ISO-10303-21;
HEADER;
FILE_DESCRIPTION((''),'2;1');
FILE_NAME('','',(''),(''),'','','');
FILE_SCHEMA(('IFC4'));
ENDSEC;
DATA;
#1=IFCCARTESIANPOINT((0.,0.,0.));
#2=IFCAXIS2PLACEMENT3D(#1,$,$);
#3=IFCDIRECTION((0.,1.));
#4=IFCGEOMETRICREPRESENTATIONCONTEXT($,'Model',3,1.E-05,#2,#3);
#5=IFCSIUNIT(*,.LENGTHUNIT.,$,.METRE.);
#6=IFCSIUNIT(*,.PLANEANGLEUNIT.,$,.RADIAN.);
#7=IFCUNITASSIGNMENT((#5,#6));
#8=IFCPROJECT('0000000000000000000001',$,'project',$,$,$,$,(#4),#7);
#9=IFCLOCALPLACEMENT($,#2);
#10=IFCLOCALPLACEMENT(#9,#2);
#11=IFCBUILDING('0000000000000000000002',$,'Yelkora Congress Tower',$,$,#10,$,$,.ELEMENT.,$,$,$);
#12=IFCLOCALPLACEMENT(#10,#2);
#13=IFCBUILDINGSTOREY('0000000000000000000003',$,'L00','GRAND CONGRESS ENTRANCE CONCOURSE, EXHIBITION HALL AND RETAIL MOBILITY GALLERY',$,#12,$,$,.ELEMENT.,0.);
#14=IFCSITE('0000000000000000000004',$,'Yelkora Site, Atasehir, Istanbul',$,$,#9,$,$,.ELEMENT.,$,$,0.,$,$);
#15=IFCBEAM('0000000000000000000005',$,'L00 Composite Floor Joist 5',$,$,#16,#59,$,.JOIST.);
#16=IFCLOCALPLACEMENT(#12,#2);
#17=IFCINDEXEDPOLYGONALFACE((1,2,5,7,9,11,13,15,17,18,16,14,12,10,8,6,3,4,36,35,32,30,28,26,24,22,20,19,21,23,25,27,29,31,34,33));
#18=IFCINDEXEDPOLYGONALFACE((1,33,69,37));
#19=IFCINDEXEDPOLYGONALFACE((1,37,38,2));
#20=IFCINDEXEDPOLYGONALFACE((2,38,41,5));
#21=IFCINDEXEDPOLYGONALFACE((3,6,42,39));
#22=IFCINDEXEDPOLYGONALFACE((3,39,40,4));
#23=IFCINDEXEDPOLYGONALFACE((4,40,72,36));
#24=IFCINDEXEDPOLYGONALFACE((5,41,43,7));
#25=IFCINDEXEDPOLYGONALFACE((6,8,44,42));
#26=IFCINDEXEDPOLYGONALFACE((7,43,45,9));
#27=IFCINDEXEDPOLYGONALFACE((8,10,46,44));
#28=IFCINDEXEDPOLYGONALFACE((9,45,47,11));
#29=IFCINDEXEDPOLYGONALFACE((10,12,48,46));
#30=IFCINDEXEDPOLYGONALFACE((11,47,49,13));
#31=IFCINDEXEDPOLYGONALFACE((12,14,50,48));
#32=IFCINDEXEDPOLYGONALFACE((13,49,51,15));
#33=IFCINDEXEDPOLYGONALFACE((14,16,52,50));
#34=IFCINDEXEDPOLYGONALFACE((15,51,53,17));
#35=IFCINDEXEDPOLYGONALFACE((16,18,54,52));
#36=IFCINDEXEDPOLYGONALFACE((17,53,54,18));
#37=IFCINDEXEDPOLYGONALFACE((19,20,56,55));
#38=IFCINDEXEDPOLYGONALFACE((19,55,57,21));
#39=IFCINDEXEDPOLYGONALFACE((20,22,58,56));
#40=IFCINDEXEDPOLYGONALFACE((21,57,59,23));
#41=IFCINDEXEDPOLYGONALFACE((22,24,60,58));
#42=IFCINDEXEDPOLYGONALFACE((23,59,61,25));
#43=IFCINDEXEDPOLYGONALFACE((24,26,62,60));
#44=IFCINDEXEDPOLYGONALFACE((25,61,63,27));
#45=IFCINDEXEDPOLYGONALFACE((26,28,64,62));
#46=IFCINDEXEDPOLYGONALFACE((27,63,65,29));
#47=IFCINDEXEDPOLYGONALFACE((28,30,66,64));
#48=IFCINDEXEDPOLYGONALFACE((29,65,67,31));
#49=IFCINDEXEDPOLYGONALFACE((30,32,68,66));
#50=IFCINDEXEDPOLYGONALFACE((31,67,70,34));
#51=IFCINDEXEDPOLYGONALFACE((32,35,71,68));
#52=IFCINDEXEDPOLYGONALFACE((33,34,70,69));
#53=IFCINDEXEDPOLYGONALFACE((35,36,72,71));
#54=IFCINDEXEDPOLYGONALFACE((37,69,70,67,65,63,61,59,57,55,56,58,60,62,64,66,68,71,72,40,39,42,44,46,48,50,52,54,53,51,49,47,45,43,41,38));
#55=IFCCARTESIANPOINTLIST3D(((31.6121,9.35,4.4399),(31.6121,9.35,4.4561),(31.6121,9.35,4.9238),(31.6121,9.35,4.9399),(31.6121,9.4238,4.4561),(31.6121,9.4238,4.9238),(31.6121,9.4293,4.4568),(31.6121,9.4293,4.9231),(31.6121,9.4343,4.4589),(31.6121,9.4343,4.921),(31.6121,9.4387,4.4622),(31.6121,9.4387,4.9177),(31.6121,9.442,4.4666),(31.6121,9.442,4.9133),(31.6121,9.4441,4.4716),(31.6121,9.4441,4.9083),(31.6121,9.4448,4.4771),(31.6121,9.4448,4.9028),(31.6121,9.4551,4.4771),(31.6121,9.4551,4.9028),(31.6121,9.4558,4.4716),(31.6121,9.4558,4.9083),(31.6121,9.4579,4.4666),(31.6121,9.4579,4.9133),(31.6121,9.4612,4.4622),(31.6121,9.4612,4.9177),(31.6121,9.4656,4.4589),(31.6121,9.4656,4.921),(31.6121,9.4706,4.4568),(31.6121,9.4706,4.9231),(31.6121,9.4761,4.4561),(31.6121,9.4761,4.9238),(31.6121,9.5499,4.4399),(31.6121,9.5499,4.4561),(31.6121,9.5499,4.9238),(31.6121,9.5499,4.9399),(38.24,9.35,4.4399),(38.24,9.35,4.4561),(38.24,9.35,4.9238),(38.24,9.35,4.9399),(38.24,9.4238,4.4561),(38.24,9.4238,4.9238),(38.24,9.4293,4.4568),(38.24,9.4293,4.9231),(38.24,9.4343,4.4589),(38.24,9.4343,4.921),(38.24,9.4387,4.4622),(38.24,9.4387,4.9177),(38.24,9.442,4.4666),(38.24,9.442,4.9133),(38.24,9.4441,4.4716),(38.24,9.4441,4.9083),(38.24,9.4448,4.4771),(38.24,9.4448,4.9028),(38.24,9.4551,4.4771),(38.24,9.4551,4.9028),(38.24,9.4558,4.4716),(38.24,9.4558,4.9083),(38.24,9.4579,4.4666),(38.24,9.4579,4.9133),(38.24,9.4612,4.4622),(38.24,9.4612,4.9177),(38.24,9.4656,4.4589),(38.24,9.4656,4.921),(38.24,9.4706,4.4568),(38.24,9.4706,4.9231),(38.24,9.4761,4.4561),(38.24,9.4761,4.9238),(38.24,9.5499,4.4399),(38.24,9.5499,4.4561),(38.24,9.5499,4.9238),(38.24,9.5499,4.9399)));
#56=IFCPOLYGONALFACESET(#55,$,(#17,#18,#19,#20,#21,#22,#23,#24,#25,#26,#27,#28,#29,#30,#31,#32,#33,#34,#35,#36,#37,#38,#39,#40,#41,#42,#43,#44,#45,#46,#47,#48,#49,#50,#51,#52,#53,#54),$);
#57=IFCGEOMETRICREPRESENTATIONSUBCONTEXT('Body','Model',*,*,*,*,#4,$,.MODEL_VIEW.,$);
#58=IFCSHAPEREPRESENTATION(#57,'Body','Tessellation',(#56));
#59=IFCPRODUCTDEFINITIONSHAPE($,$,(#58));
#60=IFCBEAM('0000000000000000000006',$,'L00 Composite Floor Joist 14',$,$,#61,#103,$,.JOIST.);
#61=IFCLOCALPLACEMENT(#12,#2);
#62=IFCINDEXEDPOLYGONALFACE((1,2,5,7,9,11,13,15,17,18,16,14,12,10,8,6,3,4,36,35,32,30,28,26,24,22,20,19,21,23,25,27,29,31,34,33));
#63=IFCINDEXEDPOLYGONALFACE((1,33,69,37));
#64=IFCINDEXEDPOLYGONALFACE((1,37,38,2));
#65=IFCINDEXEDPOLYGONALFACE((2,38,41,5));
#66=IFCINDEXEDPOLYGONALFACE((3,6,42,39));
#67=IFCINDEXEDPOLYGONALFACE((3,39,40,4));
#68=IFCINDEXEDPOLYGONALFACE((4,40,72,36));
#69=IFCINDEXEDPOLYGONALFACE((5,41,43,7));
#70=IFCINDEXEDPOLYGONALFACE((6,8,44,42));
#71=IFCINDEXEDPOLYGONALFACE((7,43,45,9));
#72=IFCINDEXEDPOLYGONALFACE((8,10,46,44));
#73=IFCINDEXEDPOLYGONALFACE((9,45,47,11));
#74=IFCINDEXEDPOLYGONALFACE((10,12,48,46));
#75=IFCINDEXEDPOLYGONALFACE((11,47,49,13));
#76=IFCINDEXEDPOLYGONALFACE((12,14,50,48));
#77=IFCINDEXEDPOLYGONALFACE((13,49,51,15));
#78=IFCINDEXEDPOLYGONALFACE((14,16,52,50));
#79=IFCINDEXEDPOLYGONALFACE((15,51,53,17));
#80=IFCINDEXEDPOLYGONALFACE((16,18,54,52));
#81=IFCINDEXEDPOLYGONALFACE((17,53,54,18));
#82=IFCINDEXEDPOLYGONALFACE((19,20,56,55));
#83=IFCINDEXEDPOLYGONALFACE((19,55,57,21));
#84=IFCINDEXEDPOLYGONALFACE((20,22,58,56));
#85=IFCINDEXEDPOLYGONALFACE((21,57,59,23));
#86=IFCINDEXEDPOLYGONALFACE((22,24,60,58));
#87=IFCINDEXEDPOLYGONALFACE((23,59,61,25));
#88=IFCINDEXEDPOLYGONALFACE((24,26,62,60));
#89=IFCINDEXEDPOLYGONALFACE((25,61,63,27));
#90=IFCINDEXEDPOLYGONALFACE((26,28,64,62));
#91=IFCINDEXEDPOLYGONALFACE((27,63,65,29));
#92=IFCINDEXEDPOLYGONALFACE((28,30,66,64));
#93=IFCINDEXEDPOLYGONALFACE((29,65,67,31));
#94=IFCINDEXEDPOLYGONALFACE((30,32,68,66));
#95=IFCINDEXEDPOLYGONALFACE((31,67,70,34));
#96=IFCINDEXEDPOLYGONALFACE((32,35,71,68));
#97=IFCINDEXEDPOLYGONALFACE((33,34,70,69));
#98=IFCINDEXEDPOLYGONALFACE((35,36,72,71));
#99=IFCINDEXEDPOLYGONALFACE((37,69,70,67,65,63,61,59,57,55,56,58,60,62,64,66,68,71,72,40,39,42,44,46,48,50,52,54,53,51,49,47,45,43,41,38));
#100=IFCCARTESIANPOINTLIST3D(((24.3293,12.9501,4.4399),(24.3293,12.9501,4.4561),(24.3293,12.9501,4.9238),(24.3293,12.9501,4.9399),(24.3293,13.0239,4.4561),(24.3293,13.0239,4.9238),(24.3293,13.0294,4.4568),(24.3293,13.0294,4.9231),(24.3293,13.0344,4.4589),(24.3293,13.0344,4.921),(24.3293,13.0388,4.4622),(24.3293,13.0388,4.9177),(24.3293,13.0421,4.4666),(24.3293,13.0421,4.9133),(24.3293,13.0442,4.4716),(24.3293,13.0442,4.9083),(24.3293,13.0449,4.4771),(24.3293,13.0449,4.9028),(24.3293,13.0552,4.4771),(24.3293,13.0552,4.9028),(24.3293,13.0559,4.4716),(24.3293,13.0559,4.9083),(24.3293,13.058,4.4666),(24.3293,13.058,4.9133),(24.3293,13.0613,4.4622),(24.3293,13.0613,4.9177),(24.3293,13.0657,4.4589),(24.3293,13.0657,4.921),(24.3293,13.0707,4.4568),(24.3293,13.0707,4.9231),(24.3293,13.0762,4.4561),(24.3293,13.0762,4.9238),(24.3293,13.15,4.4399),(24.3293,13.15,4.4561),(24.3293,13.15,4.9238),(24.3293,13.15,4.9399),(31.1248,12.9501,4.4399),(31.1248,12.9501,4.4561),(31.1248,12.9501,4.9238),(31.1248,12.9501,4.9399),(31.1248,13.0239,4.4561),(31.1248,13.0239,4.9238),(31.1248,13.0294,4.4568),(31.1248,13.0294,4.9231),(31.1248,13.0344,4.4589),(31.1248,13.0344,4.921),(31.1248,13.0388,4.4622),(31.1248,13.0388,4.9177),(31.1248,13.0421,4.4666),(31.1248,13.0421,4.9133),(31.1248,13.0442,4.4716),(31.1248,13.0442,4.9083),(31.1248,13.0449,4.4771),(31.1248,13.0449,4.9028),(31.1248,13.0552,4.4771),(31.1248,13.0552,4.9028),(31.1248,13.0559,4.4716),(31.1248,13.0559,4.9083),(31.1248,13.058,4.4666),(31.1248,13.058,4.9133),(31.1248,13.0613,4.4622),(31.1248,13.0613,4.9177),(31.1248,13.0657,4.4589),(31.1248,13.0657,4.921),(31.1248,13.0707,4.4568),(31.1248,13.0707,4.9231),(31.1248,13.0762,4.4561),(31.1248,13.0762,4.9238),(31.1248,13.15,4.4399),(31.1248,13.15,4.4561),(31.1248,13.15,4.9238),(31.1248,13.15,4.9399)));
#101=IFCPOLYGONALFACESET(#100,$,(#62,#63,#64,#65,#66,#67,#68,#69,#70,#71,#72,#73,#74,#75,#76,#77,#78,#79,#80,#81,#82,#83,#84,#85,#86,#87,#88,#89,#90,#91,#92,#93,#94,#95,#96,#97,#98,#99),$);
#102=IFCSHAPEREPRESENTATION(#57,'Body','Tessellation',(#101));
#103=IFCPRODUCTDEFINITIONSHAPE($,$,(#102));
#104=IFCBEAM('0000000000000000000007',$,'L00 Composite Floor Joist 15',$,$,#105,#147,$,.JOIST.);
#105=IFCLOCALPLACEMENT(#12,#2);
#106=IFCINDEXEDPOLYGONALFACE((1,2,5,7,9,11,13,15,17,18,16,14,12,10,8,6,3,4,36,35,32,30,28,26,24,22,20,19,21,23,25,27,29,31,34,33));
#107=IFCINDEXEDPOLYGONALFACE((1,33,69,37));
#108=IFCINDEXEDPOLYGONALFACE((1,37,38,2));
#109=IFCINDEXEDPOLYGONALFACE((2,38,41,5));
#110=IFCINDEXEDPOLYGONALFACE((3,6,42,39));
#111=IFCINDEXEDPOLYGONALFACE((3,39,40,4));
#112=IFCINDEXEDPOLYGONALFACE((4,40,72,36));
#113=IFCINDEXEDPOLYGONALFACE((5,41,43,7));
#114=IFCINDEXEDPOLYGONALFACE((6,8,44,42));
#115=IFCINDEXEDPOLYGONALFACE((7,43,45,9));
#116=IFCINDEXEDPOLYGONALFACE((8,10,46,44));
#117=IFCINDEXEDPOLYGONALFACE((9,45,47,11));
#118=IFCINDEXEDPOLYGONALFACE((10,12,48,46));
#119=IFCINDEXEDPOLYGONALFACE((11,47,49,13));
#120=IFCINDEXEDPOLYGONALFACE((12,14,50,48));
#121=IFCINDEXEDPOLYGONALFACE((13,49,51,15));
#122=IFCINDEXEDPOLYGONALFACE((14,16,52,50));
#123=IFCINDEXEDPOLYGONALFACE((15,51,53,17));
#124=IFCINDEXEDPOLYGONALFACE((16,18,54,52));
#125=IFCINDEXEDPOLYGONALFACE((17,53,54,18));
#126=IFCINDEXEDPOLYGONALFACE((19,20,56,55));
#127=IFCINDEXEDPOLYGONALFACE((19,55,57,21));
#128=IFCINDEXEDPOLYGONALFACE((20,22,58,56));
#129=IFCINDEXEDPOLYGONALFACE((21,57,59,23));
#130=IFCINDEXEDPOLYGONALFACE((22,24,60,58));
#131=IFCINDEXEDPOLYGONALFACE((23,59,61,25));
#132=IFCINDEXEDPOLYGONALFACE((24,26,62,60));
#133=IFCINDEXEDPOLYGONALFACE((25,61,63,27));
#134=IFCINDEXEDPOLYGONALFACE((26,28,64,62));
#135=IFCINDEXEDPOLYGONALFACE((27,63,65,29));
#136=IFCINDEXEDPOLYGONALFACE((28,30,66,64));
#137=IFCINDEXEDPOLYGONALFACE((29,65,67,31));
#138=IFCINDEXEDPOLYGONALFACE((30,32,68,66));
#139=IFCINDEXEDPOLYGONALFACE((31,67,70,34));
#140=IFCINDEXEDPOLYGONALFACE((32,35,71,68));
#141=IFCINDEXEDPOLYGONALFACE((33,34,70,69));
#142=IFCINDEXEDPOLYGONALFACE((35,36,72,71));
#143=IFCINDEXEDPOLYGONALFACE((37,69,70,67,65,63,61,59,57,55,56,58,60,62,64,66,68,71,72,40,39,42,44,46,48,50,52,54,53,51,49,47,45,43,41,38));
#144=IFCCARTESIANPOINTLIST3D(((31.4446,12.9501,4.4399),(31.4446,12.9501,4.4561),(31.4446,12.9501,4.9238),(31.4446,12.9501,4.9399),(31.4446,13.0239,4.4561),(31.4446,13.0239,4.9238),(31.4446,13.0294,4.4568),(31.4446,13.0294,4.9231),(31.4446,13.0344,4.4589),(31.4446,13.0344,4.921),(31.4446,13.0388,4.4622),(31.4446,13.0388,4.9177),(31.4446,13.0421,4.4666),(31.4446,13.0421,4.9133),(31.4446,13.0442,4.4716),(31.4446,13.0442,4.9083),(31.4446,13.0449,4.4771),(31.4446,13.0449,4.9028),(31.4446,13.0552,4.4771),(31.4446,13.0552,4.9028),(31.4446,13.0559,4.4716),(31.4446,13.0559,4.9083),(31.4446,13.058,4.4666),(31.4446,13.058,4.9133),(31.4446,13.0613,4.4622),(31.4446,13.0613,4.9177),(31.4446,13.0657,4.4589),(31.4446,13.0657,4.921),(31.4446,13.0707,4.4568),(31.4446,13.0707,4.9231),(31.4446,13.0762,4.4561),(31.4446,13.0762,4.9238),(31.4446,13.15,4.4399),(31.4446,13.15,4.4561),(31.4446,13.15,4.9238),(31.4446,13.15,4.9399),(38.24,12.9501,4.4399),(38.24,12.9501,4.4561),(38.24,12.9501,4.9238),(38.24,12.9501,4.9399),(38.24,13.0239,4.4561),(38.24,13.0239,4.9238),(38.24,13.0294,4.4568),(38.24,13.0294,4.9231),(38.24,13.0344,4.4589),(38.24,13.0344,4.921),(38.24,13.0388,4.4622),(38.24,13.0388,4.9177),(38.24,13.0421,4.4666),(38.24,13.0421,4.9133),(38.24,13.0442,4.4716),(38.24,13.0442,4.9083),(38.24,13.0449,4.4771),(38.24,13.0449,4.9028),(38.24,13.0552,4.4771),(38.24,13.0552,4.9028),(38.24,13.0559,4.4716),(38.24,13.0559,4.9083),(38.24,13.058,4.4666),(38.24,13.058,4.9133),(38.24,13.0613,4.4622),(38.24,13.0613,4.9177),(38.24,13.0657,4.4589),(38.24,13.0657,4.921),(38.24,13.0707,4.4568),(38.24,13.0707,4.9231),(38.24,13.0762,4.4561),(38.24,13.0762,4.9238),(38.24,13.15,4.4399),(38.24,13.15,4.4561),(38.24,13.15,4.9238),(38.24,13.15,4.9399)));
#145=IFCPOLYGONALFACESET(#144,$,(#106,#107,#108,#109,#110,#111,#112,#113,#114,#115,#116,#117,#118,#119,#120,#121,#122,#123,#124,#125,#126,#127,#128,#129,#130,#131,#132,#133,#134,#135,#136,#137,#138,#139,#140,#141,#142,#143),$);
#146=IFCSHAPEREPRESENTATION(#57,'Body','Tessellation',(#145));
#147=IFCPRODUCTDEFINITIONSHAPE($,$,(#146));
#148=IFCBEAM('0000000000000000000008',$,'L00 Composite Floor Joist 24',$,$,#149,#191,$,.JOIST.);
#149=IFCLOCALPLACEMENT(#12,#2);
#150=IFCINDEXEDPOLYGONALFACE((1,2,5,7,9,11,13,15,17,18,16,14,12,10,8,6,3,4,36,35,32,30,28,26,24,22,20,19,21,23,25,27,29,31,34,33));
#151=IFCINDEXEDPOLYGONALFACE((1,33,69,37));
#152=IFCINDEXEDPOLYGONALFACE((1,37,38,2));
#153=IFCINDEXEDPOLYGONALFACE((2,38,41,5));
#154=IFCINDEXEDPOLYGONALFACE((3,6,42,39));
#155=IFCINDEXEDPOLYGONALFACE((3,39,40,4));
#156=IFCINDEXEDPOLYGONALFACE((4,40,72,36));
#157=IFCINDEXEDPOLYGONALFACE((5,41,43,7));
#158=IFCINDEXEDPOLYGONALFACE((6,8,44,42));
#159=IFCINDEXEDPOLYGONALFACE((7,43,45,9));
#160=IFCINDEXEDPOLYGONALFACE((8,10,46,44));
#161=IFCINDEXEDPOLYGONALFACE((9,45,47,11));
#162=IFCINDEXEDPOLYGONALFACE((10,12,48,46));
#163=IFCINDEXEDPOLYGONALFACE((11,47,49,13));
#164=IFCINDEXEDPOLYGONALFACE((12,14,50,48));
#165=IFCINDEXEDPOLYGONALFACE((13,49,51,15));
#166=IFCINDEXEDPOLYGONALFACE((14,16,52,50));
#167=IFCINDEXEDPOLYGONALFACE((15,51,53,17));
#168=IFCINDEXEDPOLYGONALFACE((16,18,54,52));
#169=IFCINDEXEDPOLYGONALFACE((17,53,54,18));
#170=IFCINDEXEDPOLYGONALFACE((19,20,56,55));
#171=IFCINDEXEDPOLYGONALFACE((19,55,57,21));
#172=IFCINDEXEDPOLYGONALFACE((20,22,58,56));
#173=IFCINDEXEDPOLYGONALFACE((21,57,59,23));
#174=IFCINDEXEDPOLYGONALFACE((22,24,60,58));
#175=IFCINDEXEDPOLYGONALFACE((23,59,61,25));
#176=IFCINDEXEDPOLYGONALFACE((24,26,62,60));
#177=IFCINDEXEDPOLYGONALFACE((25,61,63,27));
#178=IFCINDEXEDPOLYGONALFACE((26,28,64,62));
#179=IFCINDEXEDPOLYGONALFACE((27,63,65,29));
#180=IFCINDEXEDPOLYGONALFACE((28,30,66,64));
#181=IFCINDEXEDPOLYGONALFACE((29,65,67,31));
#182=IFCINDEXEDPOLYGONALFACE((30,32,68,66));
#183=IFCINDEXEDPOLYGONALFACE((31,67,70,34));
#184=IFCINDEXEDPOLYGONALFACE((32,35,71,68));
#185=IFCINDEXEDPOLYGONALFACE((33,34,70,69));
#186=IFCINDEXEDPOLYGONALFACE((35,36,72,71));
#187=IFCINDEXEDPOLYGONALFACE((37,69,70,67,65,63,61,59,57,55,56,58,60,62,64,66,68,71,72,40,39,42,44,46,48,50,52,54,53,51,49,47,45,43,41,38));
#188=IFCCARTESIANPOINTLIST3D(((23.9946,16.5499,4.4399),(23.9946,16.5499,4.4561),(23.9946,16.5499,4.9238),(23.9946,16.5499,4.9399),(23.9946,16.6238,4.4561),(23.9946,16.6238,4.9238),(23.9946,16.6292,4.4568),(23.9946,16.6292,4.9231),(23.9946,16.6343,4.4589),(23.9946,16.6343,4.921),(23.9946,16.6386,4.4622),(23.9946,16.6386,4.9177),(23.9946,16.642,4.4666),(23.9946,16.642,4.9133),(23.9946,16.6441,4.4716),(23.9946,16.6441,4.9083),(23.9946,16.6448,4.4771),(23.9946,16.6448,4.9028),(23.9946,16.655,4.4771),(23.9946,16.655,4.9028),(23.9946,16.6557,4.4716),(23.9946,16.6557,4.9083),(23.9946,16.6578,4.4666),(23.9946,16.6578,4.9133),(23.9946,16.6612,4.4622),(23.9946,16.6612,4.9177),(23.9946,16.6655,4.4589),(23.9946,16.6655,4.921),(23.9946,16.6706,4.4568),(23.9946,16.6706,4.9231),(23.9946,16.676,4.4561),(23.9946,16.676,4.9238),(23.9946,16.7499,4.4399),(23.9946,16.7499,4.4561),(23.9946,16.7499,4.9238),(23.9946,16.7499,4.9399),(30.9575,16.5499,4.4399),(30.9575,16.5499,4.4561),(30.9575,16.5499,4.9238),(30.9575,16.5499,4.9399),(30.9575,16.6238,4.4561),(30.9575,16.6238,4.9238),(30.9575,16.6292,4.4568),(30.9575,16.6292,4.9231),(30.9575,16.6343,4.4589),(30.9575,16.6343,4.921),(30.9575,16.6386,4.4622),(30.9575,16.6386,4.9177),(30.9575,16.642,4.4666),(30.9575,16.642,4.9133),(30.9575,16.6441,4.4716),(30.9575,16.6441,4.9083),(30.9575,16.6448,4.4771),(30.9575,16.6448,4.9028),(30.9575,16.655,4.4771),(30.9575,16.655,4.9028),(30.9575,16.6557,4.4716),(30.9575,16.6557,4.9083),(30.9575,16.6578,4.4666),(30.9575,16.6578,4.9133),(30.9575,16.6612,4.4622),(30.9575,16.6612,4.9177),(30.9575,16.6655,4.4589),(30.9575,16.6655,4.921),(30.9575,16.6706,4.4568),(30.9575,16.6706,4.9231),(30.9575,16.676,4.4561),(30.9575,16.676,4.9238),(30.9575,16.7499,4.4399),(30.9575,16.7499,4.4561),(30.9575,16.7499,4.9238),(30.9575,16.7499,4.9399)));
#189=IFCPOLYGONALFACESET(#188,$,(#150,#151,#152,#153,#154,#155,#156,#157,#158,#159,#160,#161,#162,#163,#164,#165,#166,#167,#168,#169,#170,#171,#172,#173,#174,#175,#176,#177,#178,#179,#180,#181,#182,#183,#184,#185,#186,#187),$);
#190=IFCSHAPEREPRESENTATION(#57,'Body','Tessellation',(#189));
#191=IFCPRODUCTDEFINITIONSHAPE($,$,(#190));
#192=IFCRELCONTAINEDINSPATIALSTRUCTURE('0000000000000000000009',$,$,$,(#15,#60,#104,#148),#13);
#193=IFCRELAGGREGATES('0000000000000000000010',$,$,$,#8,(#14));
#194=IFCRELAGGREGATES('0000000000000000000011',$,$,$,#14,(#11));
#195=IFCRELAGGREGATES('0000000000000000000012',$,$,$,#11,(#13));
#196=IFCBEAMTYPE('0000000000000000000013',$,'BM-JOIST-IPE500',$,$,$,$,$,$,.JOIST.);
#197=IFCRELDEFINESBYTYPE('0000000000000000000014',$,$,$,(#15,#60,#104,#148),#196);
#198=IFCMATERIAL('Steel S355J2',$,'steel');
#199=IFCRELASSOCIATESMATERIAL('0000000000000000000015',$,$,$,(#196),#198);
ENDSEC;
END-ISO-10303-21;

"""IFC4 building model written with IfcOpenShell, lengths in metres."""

from ifc_helpers import new_model, si_unit, direction, frame, origin, origin_2d, place, context, subcontext, project, spatial, i_section, extrude, material, material_profile, profile_set, type_object, element, save


model = new_model("IFC4")

# Units and contexts
model_context = context("Model", 3, precision=1e-05, world=origin(), true_north=direction((0.0, 1.0)))
body_context = subcontext(model_context, "Body", "Model", "MODEL_VIEW")
ifc_project = project(units=[si_unit("LENGTHUNIT", "METRE"), si_unit("PLANEANGLEUNIT", "RADIAN")], contexts=[model_context])

# Site, building, storey
site_placement = place(None, origin())
site = spatial("IfcSite", under=ifc_project, at=site_placement, Name="Yelkora Site, Atasehir, Istanbul", CompositionType="ELEMENT", RefElevation=0.0)
building_placement = place(site_placement, origin())
building = spatial("IfcBuilding", under=site, at=building_placement, Name="Yelkora Congress Tower", CompositionType="ELEMENT")
storey_placement = place(building_placement, origin())
storey = spatial("IfcBuildingStorey", under=building, at=storey_placement, Name="L00", Description="GRAND CONGRESS ENTRANCE CONCOURSE, EXHIBITION HALL AND RETAIL MOBILITY GALLERY", CompositionType="ELEMENT", Elevation=0.0)

# Beams
ifc_material_1 = material(Name="Steel S355J2", Category="steel")
ifc_material_profile_1 = material_profile(ifc_material_1, i_section(OverallWidth=0.2, OverallDepth=0.5, WebThickness=0.0103, FlangeThickness=0.0161, FilletRadius=0.021, at=origin_2d()), Name="IPE 500")
ifc_profile_set_1 = profile_set([ifc_material_profile_1], Name="Steel S355J2")
beam_type_1 = type_object("IfcBeamType", Name="BM-JOIST-IPE500", PredefinedType="JOIST", material=ifc_profile_set_1)
for number, where, z_axis, x_axis, name in (
    (1, (31.6121, 9.45, 4.6899), (1.0, 0.0, 0.0), (0.0, 1.0, 0.0), "L00 Composite Floor Joist 5"),
):
    element("IfcBeam", number, at=place(storey_placement, frame(where, z_axis=z_axis, x_axis=x_axis)), inside=storey, type_object=beam_type_1, Name=name, PredefinedType="JOIST", context=body_context, shape_type="SweptSolid", body=[
        extrude(i_section(OverallWidth=0.2, OverallDepth=0.5, WebThickness=0.0103, FlangeThickness=0.0161, FilletRadius=0.021, at=origin_2d()), origin(), (0.0, 0.0, 1.0), 6.6279),
    ])
for number, where, z_axis, x_axis, name in (
    (2, (24.3293, 13.05, 4.6899), (1.0, 0.0, 0.0), (0.0, 1.0, 0.0), "L00 Composite Floor Joist 14"),
    (3, (31.4446, 13.05, 4.6899), (1.0, 0.0, 0.0), (0.0, 1.0, 0.0), "L00 Composite Floor Joist 15"),
):
    element("IfcBeam", number, at=place(storey_placement, frame(where, z_axis=z_axis, x_axis=x_axis)), inside=storey, type_object=beam_type_1, Name=name, PredefinedType="JOIST", context=body_context, shape_type="SweptSolid", body=[
        extrude(i_section(OverallWidth=0.2, OverallDepth=0.5, WebThickness=0.0103, FlangeThickness=0.0161, FilletRadius=0.021, at=origin_2d()), origin(), (0.0, 0.0, 1.0), 6.7954),
    ])
beam_1_placement = place(storey_placement, frame((23.9946, 16.6499, 4.6899), z_axis=(1.0, 0.0, 0.0), x_axis=(0.0, 1.0, 0.0)))
element("IfcBeam", 4, at=beam_1_placement, inside=storey, type_object=beam_type_1, Name="L00 Composite Floor Joist 24", PredefinedType="JOIST", context=body_context, shape_type="SweptSolid", body=[
    extrude(i_section(OverallWidth=0.2, OverallDepth=0.5, WebThickness=0.0103, FlangeThickness=0.0161, FilletRadius=0.021, at=origin_2d()), origin(), (0.0, 0.0, 1.0), 6.9629),
])

save(model, "model.ifc")
